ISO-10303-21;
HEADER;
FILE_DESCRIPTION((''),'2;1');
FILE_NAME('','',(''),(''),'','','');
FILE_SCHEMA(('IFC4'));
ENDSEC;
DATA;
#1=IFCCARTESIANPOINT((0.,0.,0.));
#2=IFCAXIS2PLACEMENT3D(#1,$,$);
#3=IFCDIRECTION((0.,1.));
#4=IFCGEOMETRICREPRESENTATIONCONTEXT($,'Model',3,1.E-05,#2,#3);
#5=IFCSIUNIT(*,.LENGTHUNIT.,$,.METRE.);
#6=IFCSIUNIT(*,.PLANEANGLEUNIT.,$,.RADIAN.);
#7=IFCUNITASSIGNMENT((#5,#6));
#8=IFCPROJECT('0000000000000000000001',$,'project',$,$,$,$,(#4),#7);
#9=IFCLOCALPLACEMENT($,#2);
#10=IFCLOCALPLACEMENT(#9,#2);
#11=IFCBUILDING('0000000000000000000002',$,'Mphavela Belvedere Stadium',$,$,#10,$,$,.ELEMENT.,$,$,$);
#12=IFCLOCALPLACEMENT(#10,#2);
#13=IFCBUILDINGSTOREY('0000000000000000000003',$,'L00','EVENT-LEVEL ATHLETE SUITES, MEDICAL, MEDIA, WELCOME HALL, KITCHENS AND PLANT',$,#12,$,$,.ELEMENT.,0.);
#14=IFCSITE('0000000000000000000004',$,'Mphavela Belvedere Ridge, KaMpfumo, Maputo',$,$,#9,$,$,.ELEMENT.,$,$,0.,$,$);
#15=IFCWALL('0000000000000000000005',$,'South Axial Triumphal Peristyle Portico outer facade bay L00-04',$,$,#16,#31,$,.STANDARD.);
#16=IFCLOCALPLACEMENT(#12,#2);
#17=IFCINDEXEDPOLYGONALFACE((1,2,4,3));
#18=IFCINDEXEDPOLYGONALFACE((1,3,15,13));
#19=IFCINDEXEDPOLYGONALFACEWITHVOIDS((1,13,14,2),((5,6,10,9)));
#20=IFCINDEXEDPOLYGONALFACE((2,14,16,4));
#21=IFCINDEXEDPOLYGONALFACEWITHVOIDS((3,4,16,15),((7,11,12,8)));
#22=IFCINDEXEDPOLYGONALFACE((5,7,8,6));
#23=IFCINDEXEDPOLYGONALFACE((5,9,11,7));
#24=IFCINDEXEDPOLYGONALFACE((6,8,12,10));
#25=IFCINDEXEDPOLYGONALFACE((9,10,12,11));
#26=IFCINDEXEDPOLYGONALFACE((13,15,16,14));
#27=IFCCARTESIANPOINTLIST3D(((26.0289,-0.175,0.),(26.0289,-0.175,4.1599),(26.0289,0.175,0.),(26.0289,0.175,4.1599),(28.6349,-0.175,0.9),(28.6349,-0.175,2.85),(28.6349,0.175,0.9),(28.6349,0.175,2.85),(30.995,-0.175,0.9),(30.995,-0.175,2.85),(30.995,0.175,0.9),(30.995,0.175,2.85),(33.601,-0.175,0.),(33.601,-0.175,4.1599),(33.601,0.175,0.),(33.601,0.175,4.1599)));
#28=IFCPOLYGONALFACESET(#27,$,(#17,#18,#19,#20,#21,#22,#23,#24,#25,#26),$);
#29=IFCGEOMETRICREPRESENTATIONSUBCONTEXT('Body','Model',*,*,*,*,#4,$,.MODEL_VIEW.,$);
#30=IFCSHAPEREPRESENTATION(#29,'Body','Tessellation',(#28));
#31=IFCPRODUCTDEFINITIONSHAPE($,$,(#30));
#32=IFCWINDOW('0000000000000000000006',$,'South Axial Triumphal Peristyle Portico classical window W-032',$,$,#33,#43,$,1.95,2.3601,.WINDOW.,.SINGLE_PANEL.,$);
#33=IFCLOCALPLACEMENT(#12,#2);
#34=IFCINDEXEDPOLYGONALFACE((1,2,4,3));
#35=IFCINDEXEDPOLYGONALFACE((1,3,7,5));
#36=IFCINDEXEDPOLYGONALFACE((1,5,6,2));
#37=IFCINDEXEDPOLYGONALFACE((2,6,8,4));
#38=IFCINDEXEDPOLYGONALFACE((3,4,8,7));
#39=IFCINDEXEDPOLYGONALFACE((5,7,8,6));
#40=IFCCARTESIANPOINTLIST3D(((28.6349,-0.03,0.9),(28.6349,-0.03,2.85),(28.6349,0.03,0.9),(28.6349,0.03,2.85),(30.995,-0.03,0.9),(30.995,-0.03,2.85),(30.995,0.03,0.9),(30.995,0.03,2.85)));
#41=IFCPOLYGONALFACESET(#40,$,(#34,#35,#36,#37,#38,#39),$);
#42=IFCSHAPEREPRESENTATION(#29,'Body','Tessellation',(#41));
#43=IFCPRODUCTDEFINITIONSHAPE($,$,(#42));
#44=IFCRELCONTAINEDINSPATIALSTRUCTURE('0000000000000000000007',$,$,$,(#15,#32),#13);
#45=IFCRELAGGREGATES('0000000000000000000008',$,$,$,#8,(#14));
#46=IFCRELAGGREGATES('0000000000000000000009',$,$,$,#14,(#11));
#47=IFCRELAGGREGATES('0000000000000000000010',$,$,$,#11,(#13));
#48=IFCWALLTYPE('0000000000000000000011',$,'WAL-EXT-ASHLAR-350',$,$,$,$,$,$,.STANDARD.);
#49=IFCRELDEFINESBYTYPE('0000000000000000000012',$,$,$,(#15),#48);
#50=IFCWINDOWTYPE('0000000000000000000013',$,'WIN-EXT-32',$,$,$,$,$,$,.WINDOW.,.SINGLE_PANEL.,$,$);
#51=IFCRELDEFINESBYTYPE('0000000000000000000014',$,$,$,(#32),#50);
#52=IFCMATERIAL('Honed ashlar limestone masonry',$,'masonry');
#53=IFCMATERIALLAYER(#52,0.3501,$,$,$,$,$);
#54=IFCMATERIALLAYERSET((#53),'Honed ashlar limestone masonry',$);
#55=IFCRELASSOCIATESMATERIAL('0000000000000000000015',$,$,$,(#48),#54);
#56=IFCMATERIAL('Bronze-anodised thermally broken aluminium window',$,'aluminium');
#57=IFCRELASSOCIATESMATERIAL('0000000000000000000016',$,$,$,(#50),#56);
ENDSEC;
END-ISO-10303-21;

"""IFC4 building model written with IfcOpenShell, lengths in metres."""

from ifc_helpers import new_model, si_unit, direction, frame, frame_2d, origin, place, context, subcontext, project, spatial, rectangle, extrude, material, layer, layer_set, type_object, element, fill, save


model = new_model("IFC4")

# Units and contexts
model_context = context("Model", 3, precision=1e-05, world=origin(), true_north=direction((0.0, 1.0)))
body_context = subcontext(model_context, "Body", "Model", "MODEL_VIEW")
ifc_project = project(units=[si_unit("LENGTHUNIT", "METRE"), si_unit("PLANEANGLEUNIT", "RADIAN")], contexts=[model_context])

# Site, building, storey
site_placement = place(None, origin())
site = spatial("IfcSite", under=ifc_project, at=site_placement, Name="Mphavela Belvedere Ridge, KaMpfumo, Maputo", CompositionType="ELEMENT", RefElevation=0.0)
building_placement = place(site_placement, origin())
building = spatial("IfcBuilding", under=site, at=building_placement, Name="Mphavela Belvedere Stadium", CompositionType="ELEMENT")
storey_placement = place(building_placement, origin())
storey = spatial("IfcBuildingStorey", under=building, at=storey_placement, Name="L00", Description="EVENT-LEVEL ATHLETE SUITES, MEDICAL, MEDIA, WELCOME HALL, KITCHENS AND PLANT", CompositionType="ELEMENT", Elevation=0.0)

# Shared definitions
ifc_material_1 = material(Name="Honed ashlar limestone masonry", Category="masonry")
ifc_layer = layer(ifc_material_1, 0.3501)
ifc_layer_set = layer_set([ifc_layer], Name="Honed ashlar limestone masonry")
wall_type = type_object("IfcWallType", Name="WAL-EXT-ASHLAR-350", PredefinedType="STANDARD", material=ifc_layer_set)

# Wall, opening, window
wall_1_placement = place(storey_placement, frame((33.6011, 0.0, 0.0), z_axis=(0.0, 0.0, 1.0), x_axis=(-1.0, 0.0, 0.0)))
wall_1 = element("IfcWall", 1, at=wall_1_placement, inside=storey, type_object=wall_type, Name="South Axial Triumphal Peristyle Portico outer facade bay L00-04", PredefinedType="STANDARD", context=body_context, shape_type="SweptSolid", body=[
    extrude(rectangle(XDim=7.572, YDim=0.3501, at=frame_2d((3.7861, 0.0))), origin(), (0.0, 0.0, 1.0), 4.1599),
])
opening_1_placement = place(wall_1_placement, frame((2.606, 0.0, 0.8999)))
opening_1 = element("IfcOpeningElement", 2, at=opening_1_placement, cuts=wall_1, PredefinedType="OPENING", context=body_context, shape_type="SweptSolid", body=[
    extrude(rectangle(XDim=2.3601, YDim=1.95, at=frame_2d((1.1802, 0.9751))), frame((0.0, 0.1851, 0.0), z_axis=(0.0, -1.0, 0.0), x_axis=(1.0, 0.0, 0.0)), (0.0, 0.0, 1.0), 0.3701),
])
ifc_material_2 = material(Name="Bronze-anodised thermally broken aluminium window", Category="aluminium")
window_type_1 = type_object("IfcWindowType", Name="WIN-EXT-32", PartitioningType="SINGLE_PANEL", PredefinedType="WINDOW", material=ifc_material_2)
window_1_placement = place(opening_1_placement, origin())
window_1 = element("IfcWindow", 3, at=window_1_placement, inside=storey, type_object=window_type_1, Name="South Axial Triumphal Peristyle Portico classical window W-032", OverallHeight=1.95, OverallWidth=2.3601, PartitioningType="SINGLE_PANEL", PredefinedType="WINDOW", context=body_context, shape_type="SweptSolid", body=[
    extrude(rectangle(XDim=2.3601, YDim=1.95, at=frame_2d((1.1802, 0.9751))), frame((0.0, 0.03, 0.0), z_axis=(0.0, -1.0, 0.0), x_axis=(1.0, 0.0, 0.0)), (0.0, 0.0, 1.0), 0.0601),
])
fill(opening_1, window_1)

save(model, "model.ifc")
